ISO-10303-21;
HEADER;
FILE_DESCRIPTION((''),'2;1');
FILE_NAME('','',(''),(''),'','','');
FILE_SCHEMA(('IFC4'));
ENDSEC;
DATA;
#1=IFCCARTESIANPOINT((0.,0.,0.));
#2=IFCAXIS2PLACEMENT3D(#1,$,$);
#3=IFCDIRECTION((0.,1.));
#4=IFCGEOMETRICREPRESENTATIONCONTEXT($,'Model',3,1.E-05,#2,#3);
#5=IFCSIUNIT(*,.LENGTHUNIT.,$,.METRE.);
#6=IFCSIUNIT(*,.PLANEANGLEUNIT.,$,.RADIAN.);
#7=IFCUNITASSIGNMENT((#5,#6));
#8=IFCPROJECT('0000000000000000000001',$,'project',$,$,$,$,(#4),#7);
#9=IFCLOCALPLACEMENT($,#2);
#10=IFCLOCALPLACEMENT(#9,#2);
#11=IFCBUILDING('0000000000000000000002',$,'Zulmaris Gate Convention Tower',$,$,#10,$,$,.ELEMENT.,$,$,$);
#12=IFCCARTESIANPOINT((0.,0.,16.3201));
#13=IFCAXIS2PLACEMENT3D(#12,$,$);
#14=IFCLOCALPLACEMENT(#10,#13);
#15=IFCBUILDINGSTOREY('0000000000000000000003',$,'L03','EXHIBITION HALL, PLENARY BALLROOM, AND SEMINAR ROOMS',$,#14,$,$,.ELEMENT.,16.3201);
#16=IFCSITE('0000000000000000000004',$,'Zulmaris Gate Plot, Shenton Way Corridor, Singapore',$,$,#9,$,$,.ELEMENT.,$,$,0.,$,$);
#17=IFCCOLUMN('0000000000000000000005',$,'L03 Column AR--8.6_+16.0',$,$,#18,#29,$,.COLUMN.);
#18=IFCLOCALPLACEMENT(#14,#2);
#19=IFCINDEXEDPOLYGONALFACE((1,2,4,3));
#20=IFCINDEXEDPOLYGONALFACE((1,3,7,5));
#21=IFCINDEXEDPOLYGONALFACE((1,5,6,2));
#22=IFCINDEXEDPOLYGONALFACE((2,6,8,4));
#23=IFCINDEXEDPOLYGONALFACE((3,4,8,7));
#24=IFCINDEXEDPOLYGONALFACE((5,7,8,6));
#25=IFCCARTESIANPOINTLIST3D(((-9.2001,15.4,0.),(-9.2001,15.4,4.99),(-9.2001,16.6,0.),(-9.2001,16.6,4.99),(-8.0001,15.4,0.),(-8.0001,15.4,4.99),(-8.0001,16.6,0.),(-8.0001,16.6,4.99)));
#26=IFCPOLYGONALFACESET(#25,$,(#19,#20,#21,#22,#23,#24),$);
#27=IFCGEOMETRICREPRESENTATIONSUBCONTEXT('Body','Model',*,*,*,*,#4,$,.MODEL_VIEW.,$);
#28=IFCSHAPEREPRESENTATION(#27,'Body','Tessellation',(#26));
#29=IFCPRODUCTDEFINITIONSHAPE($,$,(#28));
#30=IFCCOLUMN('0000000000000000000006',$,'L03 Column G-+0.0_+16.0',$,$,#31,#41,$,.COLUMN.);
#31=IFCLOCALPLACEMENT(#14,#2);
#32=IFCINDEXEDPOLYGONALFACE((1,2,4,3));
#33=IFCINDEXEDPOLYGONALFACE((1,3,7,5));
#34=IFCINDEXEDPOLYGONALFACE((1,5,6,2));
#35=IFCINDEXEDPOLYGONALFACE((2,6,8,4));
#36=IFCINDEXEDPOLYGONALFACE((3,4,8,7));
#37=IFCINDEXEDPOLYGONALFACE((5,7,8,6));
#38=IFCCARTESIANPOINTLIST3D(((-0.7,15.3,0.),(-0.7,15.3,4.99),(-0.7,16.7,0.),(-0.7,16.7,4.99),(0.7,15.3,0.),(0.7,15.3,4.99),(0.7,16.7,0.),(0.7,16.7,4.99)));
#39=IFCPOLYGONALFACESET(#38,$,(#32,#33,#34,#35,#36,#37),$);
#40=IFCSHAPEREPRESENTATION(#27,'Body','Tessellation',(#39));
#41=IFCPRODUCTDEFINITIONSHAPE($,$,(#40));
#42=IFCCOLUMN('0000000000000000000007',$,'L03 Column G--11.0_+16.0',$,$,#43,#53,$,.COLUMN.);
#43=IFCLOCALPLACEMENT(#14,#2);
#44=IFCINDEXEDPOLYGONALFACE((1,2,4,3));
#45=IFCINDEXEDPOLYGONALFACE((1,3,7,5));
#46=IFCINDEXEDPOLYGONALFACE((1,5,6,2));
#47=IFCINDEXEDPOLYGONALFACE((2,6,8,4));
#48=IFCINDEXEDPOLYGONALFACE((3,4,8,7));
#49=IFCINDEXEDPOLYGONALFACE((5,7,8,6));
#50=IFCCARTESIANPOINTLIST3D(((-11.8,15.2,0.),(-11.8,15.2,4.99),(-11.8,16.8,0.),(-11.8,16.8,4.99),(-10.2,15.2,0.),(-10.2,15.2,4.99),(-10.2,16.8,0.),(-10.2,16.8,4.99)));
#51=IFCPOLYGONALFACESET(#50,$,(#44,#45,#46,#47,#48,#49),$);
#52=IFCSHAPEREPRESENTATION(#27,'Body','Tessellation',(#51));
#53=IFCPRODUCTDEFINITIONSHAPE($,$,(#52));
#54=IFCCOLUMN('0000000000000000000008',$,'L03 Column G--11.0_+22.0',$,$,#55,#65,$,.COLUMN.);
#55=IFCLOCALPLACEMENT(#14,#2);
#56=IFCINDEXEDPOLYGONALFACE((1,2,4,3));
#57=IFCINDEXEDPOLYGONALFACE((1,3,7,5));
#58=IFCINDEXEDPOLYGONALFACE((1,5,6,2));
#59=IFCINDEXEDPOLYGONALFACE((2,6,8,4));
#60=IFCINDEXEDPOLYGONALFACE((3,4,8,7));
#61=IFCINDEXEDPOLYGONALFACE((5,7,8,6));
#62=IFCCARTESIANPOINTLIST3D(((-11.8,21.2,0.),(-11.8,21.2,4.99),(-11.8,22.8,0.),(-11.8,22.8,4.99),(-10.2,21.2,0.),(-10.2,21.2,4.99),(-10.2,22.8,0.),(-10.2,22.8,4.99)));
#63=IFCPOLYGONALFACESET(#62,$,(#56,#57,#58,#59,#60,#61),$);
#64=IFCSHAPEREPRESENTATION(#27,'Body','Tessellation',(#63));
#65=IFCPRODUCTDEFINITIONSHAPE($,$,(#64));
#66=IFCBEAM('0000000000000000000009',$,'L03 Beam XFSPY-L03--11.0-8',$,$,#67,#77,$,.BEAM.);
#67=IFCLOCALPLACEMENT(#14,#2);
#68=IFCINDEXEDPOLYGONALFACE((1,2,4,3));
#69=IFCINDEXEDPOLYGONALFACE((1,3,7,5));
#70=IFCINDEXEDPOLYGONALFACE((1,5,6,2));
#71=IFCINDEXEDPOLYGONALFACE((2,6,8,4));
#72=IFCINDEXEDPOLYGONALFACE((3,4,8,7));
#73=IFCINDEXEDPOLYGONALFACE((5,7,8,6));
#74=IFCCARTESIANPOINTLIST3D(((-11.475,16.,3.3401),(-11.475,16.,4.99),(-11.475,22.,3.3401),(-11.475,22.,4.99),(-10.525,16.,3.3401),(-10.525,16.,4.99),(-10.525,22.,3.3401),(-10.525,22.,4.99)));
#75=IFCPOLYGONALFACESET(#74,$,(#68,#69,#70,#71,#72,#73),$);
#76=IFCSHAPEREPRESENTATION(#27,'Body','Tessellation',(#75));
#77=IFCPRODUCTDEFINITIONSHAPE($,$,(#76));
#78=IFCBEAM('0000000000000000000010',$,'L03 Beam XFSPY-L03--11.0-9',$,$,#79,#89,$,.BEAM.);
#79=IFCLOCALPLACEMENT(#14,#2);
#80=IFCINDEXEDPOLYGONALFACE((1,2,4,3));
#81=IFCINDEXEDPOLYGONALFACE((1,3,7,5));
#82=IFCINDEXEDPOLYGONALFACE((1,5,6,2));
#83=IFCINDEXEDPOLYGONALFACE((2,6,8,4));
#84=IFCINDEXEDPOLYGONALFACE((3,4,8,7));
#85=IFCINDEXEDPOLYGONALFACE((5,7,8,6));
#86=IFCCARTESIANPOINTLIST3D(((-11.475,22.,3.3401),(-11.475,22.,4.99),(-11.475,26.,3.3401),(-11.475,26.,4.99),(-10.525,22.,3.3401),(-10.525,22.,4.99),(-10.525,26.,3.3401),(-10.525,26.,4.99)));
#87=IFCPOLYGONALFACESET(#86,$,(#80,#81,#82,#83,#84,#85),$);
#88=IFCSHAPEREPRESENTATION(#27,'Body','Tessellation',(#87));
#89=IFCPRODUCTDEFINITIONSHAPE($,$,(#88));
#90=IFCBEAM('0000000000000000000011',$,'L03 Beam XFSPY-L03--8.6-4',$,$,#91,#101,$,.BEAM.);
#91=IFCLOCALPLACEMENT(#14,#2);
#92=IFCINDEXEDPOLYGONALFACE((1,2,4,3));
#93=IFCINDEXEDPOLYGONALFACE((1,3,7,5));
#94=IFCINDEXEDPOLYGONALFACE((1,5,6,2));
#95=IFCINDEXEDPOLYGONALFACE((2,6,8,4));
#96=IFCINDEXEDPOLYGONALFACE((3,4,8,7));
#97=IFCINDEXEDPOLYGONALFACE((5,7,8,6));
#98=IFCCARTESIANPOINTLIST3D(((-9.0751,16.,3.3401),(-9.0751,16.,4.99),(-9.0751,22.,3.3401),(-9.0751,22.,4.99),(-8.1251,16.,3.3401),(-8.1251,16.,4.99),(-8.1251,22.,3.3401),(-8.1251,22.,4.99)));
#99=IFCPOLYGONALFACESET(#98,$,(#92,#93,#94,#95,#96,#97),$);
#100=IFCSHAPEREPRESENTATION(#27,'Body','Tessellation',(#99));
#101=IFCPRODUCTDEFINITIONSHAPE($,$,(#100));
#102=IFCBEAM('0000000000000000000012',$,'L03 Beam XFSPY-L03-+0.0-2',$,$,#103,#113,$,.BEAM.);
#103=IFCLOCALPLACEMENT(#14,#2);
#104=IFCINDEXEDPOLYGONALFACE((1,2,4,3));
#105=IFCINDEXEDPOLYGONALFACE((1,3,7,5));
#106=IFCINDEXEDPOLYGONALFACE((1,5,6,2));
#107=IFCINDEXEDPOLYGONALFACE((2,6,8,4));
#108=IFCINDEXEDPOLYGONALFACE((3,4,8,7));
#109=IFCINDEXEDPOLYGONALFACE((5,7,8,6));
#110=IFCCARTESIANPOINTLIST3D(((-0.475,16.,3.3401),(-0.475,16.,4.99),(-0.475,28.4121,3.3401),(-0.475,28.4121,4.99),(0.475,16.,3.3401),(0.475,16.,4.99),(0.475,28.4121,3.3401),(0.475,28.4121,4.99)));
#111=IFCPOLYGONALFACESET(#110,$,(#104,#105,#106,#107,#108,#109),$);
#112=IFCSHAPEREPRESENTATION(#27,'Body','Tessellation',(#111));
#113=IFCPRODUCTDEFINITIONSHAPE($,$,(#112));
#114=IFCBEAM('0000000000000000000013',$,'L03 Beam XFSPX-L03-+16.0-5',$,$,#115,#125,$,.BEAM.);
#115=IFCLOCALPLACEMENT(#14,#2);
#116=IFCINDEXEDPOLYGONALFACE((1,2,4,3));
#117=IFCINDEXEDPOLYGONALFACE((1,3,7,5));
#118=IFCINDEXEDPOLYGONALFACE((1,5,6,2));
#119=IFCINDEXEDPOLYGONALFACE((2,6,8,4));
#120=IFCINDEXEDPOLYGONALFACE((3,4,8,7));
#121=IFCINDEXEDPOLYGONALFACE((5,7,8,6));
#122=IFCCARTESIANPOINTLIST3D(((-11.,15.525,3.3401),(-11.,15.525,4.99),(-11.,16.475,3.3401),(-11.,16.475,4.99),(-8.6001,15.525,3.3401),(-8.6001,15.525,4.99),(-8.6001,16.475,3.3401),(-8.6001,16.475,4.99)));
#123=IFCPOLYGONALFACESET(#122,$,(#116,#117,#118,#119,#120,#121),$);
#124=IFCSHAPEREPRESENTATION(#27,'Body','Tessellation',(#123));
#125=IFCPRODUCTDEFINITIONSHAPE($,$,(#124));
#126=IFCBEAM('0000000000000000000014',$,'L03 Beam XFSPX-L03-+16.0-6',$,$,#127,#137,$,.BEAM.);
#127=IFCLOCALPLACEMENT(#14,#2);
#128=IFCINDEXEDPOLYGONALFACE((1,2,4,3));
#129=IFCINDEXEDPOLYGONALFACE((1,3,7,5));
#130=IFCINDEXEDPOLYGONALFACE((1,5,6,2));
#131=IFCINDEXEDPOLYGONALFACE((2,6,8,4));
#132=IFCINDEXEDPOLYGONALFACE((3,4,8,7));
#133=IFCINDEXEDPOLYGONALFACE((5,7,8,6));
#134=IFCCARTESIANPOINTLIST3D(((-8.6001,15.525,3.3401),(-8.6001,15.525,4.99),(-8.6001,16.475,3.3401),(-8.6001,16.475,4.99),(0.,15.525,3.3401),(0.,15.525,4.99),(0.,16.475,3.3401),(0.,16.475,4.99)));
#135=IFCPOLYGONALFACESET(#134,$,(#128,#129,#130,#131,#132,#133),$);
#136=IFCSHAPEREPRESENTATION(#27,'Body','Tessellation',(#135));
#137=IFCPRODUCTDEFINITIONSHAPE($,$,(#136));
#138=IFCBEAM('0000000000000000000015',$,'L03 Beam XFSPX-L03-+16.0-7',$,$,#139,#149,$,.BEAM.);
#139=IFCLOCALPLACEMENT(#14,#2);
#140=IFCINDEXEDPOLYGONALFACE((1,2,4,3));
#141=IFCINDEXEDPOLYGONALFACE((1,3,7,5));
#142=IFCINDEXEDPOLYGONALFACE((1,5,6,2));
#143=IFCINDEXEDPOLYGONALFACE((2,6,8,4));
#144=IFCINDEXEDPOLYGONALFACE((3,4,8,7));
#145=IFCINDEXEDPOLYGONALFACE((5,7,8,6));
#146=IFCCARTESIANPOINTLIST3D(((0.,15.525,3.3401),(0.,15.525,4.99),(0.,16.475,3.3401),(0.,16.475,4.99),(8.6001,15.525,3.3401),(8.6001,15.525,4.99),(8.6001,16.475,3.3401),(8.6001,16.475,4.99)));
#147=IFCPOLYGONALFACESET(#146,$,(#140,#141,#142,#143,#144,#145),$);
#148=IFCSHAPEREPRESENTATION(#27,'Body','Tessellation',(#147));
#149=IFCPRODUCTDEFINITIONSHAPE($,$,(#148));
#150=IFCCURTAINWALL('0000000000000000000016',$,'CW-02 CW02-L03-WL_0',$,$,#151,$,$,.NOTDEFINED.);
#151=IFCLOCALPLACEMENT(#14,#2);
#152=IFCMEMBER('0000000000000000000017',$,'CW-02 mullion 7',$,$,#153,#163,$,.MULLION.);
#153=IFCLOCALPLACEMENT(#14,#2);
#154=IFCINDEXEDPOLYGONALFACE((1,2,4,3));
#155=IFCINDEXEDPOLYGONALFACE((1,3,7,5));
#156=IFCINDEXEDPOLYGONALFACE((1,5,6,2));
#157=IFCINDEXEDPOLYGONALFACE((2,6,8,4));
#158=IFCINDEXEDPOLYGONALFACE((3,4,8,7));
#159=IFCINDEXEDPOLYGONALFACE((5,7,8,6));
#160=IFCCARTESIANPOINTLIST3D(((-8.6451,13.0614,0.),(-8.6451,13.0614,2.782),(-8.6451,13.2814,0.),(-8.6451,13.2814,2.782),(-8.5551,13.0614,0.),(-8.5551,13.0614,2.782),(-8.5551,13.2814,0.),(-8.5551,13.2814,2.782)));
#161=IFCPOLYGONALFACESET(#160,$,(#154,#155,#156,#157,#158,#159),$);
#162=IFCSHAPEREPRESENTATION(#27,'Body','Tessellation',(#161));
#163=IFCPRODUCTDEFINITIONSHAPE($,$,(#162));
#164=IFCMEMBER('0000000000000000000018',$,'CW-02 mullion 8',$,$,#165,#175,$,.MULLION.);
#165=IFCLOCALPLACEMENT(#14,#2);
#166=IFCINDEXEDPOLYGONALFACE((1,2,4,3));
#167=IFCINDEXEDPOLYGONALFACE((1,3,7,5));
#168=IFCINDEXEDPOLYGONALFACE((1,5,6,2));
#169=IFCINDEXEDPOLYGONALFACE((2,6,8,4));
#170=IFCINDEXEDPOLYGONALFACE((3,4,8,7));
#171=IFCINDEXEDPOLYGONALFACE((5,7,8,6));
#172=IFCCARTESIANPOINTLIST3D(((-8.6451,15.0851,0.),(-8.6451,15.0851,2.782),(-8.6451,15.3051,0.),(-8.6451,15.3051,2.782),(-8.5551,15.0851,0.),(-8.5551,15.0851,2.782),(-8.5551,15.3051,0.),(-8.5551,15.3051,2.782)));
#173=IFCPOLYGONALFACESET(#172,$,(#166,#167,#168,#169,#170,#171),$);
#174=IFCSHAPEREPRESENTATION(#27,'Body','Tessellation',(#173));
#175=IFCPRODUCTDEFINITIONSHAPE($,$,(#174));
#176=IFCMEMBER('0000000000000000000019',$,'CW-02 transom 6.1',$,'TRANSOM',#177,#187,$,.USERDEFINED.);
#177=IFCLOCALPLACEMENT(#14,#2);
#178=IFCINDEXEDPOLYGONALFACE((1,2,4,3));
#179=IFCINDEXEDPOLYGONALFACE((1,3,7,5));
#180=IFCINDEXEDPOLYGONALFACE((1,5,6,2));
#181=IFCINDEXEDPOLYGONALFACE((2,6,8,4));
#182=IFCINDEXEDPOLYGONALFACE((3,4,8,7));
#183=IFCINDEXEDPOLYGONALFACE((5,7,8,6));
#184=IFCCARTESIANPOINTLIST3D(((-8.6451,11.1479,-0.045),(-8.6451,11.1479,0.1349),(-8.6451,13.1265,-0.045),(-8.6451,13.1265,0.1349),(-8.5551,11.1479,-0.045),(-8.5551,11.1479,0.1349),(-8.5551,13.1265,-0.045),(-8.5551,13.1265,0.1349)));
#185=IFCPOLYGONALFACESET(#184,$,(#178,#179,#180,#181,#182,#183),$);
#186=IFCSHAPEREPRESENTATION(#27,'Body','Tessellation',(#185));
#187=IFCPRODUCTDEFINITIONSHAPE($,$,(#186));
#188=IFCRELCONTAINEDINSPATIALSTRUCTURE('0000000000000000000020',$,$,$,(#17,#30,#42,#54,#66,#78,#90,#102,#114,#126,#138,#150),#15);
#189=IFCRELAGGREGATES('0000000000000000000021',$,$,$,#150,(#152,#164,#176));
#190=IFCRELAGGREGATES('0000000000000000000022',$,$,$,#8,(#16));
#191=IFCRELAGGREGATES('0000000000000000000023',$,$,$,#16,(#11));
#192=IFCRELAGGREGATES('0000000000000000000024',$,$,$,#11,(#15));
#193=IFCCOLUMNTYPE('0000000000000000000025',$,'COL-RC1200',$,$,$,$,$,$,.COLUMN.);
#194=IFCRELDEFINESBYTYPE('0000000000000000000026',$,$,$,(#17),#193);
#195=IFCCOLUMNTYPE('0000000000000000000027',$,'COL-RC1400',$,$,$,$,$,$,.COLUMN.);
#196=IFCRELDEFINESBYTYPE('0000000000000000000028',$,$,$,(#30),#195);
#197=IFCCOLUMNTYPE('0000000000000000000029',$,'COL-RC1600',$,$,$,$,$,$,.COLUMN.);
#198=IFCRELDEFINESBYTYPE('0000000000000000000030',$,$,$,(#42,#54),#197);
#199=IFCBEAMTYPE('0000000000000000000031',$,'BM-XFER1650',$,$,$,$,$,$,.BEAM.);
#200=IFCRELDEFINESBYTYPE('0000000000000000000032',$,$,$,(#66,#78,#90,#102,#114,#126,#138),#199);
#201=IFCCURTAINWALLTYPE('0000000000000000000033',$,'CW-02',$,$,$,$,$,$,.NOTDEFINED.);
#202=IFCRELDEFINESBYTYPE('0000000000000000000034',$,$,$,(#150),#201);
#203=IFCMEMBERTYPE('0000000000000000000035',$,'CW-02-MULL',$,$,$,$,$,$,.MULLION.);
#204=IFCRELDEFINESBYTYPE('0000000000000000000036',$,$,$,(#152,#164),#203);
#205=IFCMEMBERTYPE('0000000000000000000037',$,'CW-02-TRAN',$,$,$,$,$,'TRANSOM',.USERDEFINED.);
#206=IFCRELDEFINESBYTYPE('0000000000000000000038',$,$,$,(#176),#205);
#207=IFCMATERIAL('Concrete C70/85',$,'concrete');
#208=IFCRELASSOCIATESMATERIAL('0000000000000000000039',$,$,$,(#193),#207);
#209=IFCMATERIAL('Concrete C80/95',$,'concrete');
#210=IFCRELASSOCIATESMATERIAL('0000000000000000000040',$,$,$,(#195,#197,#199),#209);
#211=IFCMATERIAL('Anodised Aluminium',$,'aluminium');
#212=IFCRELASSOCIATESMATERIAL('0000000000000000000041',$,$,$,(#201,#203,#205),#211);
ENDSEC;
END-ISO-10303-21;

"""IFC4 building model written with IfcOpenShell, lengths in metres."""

from ifc_helpers import new_model, si_unit, direction, frame, origin, origin_2d, place, context, subcontext, project, spatial, rectangle, extrude, material, material_profile, profile_set, type_object, element, aggregate, save


model = new_model("IFC4")

# Units and contexts
model_context = context("Model", 3, precision=1e-05, world=origin(), true_north=direction((0.0, 1.0)))
body_context = subcontext(model_context, "Body", "Model", "MODEL_VIEW")
ifc_project = project(units=[si_unit("LENGTHUNIT", "METRE"), si_unit("PLANEANGLEUNIT", "RADIAN")], contexts=[model_context])

# Site, building, storey
site_placement = place(None, origin())
site = spatial("IfcSite", under=ifc_project, at=site_placement, Name="Zulmaris Gate Plot, Shenton Way Corridor, Singapore", CompositionType="ELEMENT", RefElevation=0.0)
building_placement = place(site_placement, origin())
building = spatial("IfcBuilding", under=site, at=building_placement, Name="Zulmaris Gate Convention Tower", CompositionType="ELEMENT")
storey_placement = place(building_placement, frame((0.0, 0.0, 16.3201)))
storey = spatial("IfcBuildingStorey", under=building, at=storey_placement, Name="L03", Description="EXHIBITION HALL, PLENARY BALLROOM, AND SEMINAR ROOMS", CompositionType="ELEMENT", Elevation=16.3201)

# Columns
ifc_material_1 = material(Name="Concrete C70/85", Category="concrete")
ifc_material_profile_1 = material_profile(ifc_material_1, rectangle(XDim=1.2, YDim=1.2, at=origin_2d()), Name="RC COL 1200x1200")
ifc_profile_set_1 = profile_set([ifc_material_profile_1], Name="Concrete C70/85")
column_type_1 = type_object("IfcColumnType", Name="COL-RC1200", PredefinedType="COLUMN", material=ifc_profile_set_1)
column_1_placement = place(storey_placement, frame((-8.6001, 16.0, 0.0), z_axis=(0.0, 0.0, 1.0), x_axis=(1.0, 0.0, 0.0)))
element("IfcColumn", 1, at=column_1_placement, inside=storey, type_object=column_type_1, Name="L03 Column AR--8.6_+16.0", PredefinedType="COLUMN", context=body_context, shape_type="SweptSolid", body=[
    extrude(rectangle(XDim=1.2, YDim=1.2, at=origin_2d()), origin(), (0.0, 0.0, 1.0), 4.99),
])
ifc_material_2 = material(Name="Concrete C80/95", Category="concrete")
ifc_material_profile_2 = material_profile(ifc_material_2, rectangle(XDim=1.3999, YDim=1.3999, at=origin_2d()), Name="RC COL 1400x1400")
ifc_profile_set_2 = profile_set([ifc_material_profile_2], Name="Concrete C80/95")
column_type_2 = type_object("IfcColumnType", Name="COL-RC1400", PredefinedType="COLUMN", material=ifc_profile_set_2)
column_2_placement = place(storey_placement, frame((0.0, 16.0, 0.0), z_axis=(0.0, 0.0, 1.0), x_axis=(1.0, 0.0, 0.0)))
element("IfcColumn", 2, at=column_2_placement, inside=storey, type_object=column_type_2, Name="L03 Column G-+0.0_+16.0", PredefinedType="COLUMN", context=body_context, shape_type="SweptSolid", body=[
    extrude(rectangle(XDim=1.3999, YDim=1.3999, at=origin_2d()), origin(), (0.0, 0.0, 1.0), 4.99),
])
ifc_material_profile_3 = material_profile(ifc_material_2, rectangle(XDim=1.6001, YDim=1.6001, at=origin_2d()), Name="RC COL 1600x1600")
ifc_profile_set_3 = profile_set([ifc_material_profile_3], Name="Concrete C80/95")
column_type_3 = type_object("IfcColumnType", Name="COL-RC1600", PredefinedType="COLUMN", material=ifc_profile_set_3)
for number, where, z_axis, x_axis, name in (
    (3, (-11.0, 16.0, 0.0), (0.0, 0.0, 1.0), (1.0, 0.0, 0.0), "L03 Column G--11.0_+16.0"),
    (4, (-11.0, 22.0, 0.0), (0.0, 0.0, 1.0), (1.0, 0.0, 0.0), "L03 Column G--11.0_+22.0"),
):
    element("IfcColumn", number, at=place(storey_placement, frame(where, z_axis=z_axis, x_axis=x_axis)), inside=storey, type_object=column_type_3, Name=name, PredefinedType="COLUMN", context=body_context, shape_type="SweptSolid", body=[
        extrude(rectangle(XDim=1.6001, YDim=1.6001, at=origin_2d()), origin(), (0.0, 0.0, 1.0), 4.99),
    ])

# Beams
ifc_material_profile_4 = material_profile(ifc_material_2, rectangle(XDim=0.95, YDim=1.6499, at=origin_2d()), Name="RC TRANSFER 950x1650")
ifc_profile_set_4 = profile_set([ifc_material_profile_4], Name="Concrete C80/95")
beam_type = type_object("IfcBeamType", Name="BM-XFER1650", PredefinedType="BEAM", material=ifc_profile_set_4)
beam_1_placement = place(storey_placement, frame((-11.0, 16.0, 4.165), z_axis=(0.0, 1.0, 0.0), x_axis=(-1.0, 0.0, 0.0)))
element("IfcBeam", 5, at=beam_1_placement, inside=storey, type_object=beam_type, Name="L03 Beam XFSPY-L03--11.0-8", PredefinedType="BEAM", context=body_context, shape_type="SweptSolid", body=[
    extrude(rectangle(XDim=0.95, YDim=1.6499, at=origin_2d()), origin(), (0.0, 0.0, 1.0), 6.0),
])
beam_2_placement = place(storey_placement, frame((-11.0, 22.0, 4.165), z_axis=(0.0, 1.0, 0.0), x_axis=(-1.0, 0.0, 0.0)))
element("IfcBeam", 6, at=beam_2_placement, inside=storey, type_object=beam_type, Name="L03 Beam XFSPY-L03--11.0-9", PredefinedType="BEAM", context=body_context, shape_type="SweptSolid", body=[
    extrude(rectangle(XDim=0.95, YDim=1.6499, at=origin_2d()), origin(), (0.0, 0.0, 1.0), 4.0),
])
beam_3_placement = place(storey_placement, frame((-8.6001, 16.0, 4.165), z_axis=(0.0, 1.0, 0.0), x_axis=(-1.0, 0.0, 0.0)))
element("IfcBeam", 7, at=beam_3_placement, inside=storey, type_object=beam_type, Name="L03 Beam XFSPY-L03--8.6-4", PredefinedType="BEAM", context=body_context, shape_type="SweptSolid", body=[
    extrude(rectangle(XDim=0.95, YDim=1.6499, at=origin_2d()), origin(), (0.0, 0.0, 1.0), 6.0),
])
beam_4_placement = place(storey_placement, frame((0.0, 16.0, 4.165), z_axis=(0.0, 1.0, 0.0), x_axis=(-1.0, 0.0, 0.0)))
element("IfcBeam", 8, at=beam_4_placement, inside=storey, type_object=beam_type, Name="L03 Beam XFSPY-L03-+0.0-2", PredefinedType="BEAM", context=body_context, shape_type="SweptSolid", body=[
    extrude(rectangle(XDim=0.95, YDim=1.6499, at=origin_2d()), origin(), (0.0, 0.0, 1.0), 12.4121),
])
beam_5_placement = place(storey_placement, frame((-11.0, 16.0, 4.165), z_axis=(1.0, 0.0, 0.0), x_axis=(0.0, 1.0, 0.0)))
element("IfcBeam", 9, at=beam_5_placement, inside=storey, type_object=beam_type, Name="L03 Beam XFSPX-L03-+16.0-5", PredefinedType="BEAM", context=body_context, shape_type="SweptSolid", body=[
    extrude(rectangle(XDim=0.95, YDim=1.6499, at=origin_2d()), origin(), (0.0, 0.0, 1.0), 2.3999),
])
for number, where, z_axis, x_axis, name in (
    (10, (-8.6001, 16.0, 4.165), (1.0, 0.0, 0.0), (0.0, 1.0, 0.0), "L03 Beam XFSPX-L03-+16.0-6"),
    (11, (0.0, 16.0, 4.165), (1.0, 0.0, 0.0), (0.0, 1.0, 0.0), "L03 Beam XFSPX-L03-+16.0-7"),
):
    element("IfcBeam", number, at=place(storey_placement, frame(where, z_axis=z_axis, x_axis=x_axis)), inside=storey, type_object=beam_type, Name=name, PredefinedType="BEAM", context=body_context, shape_type="SweptSolid", body=[
        extrude(rectangle(XDim=0.95, YDim=1.6499, at=origin_2d()), origin(), (0.0, 0.0, 1.0), 8.6001),
    ])

# Curtain wall, members
ifc_material_3 = material(Name="Anodised Aluminium", Category="aluminium")
curtain_wall_type = type_object("IfcCurtainWallType", Name="CW-02", PredefinedType="NOTDEFINED", material=ifc_material_3)
curtain_wall_placement = place(storey_placement, origin())
curtain_wall = element("IfcCurtainWall", 12, at=curtain_wall_placement, inside=storey, type_object=curtain_wall_type, Name="CW-02 CW02-L03-WL_0", PredefinedType="NOTDEFINED")
ifc_material_profile_5 = material_profile(ifc_material_3, rectangle(XDim=0.0901, YDim=0.22, at=origin_2d()), Name="ALU MULLION 90x220")
ifc_profile_set_5 = profile_set([ifc_material_profile_5], Name="Anodised Aluminium")
member_type_1 = type_object("IfcMemberType", Name="CW-02-MULL", PredefinedType="MULLION", material=ifc_profile_set_5)
member_1_placement = place(storey_placement, frame((-8.6001, 13.1714, 0.0), z_axis=(0.0, 0.0, 1.0), x_axis=(-1.0, 0.0, 0.0)))
member_1 = element("IfcMember", 13, at=member_1_placement, type_object=member_type_1, Name="CW-02 mullion 7", PredefinedType="MULLION", context=body_context, shape_type="SweptSolid", body=[
    extrude(rectangle(XDim=0.0901, YDim=0.22, at=origin_2d()), origin(), (0.0, 0.0, 1.0), 2.782),
])
member_2_placement = place(storey_placement, frame((-8.6001, 15.1951, 0.0), z_axis=(0.0, 0.0, 1.0), x_axis=(-1.0, 0.0, 0.0)))
member_2 = element("IfcMember", 14, at=member_2_placement, type_object=member_type_1, Name="CW-02 mullion 8", PredefinedType="MULLION", context=body_context, shape_type="SweptSolid", body=[
    extrude(rectangle(XDim=0.0901, YDim=0.22, at=origin_2d()), origin(), (0.0, 0.0, 1.0), 2.782),
])
ifc_material_profile_6 = material_profile(ifc_material_3, rectangle(XDim=0.0901, YDim=0.1799, at=origin_2d()), Name="ALU TRANSOM 90x180")
ifc_profile_set_6 = profile_set([ifc_material_profile_6], Name="Anodised Aluminium")
member_type_2 = type_object("IfcMemberType", Name="CW-02-TRAN", ElementType="TRANSOM", PredefinedType="USERDEFINED", material=ifc_profile_set_6)
member_3_placement = place(storey_placement, frame((-8.6001, 11.1479, 0.0449), z_axis=(0.0, 1.0, 0.0), x_axis=(-1.0, 0.0, 0.0)))
member_3 = element("IfcMember", 15, at=member_3_placement, type_object=member_type_2, Name="CW-02 transom 6.1", ObjectType="TRANSOM", PredefinedType="USERDEFINED", context=body_context, shape_type="SweptSolid", body=[
    extrude(rectangle(XDim=0.0901, YDim=0.1799, at=origin_2d()), origin(), (0.0, 0.0, 1.0), 1.9785),
])
aggregate(curtain_wall, [member_1, member_2, member_3])

save(model, "model.ifc")
